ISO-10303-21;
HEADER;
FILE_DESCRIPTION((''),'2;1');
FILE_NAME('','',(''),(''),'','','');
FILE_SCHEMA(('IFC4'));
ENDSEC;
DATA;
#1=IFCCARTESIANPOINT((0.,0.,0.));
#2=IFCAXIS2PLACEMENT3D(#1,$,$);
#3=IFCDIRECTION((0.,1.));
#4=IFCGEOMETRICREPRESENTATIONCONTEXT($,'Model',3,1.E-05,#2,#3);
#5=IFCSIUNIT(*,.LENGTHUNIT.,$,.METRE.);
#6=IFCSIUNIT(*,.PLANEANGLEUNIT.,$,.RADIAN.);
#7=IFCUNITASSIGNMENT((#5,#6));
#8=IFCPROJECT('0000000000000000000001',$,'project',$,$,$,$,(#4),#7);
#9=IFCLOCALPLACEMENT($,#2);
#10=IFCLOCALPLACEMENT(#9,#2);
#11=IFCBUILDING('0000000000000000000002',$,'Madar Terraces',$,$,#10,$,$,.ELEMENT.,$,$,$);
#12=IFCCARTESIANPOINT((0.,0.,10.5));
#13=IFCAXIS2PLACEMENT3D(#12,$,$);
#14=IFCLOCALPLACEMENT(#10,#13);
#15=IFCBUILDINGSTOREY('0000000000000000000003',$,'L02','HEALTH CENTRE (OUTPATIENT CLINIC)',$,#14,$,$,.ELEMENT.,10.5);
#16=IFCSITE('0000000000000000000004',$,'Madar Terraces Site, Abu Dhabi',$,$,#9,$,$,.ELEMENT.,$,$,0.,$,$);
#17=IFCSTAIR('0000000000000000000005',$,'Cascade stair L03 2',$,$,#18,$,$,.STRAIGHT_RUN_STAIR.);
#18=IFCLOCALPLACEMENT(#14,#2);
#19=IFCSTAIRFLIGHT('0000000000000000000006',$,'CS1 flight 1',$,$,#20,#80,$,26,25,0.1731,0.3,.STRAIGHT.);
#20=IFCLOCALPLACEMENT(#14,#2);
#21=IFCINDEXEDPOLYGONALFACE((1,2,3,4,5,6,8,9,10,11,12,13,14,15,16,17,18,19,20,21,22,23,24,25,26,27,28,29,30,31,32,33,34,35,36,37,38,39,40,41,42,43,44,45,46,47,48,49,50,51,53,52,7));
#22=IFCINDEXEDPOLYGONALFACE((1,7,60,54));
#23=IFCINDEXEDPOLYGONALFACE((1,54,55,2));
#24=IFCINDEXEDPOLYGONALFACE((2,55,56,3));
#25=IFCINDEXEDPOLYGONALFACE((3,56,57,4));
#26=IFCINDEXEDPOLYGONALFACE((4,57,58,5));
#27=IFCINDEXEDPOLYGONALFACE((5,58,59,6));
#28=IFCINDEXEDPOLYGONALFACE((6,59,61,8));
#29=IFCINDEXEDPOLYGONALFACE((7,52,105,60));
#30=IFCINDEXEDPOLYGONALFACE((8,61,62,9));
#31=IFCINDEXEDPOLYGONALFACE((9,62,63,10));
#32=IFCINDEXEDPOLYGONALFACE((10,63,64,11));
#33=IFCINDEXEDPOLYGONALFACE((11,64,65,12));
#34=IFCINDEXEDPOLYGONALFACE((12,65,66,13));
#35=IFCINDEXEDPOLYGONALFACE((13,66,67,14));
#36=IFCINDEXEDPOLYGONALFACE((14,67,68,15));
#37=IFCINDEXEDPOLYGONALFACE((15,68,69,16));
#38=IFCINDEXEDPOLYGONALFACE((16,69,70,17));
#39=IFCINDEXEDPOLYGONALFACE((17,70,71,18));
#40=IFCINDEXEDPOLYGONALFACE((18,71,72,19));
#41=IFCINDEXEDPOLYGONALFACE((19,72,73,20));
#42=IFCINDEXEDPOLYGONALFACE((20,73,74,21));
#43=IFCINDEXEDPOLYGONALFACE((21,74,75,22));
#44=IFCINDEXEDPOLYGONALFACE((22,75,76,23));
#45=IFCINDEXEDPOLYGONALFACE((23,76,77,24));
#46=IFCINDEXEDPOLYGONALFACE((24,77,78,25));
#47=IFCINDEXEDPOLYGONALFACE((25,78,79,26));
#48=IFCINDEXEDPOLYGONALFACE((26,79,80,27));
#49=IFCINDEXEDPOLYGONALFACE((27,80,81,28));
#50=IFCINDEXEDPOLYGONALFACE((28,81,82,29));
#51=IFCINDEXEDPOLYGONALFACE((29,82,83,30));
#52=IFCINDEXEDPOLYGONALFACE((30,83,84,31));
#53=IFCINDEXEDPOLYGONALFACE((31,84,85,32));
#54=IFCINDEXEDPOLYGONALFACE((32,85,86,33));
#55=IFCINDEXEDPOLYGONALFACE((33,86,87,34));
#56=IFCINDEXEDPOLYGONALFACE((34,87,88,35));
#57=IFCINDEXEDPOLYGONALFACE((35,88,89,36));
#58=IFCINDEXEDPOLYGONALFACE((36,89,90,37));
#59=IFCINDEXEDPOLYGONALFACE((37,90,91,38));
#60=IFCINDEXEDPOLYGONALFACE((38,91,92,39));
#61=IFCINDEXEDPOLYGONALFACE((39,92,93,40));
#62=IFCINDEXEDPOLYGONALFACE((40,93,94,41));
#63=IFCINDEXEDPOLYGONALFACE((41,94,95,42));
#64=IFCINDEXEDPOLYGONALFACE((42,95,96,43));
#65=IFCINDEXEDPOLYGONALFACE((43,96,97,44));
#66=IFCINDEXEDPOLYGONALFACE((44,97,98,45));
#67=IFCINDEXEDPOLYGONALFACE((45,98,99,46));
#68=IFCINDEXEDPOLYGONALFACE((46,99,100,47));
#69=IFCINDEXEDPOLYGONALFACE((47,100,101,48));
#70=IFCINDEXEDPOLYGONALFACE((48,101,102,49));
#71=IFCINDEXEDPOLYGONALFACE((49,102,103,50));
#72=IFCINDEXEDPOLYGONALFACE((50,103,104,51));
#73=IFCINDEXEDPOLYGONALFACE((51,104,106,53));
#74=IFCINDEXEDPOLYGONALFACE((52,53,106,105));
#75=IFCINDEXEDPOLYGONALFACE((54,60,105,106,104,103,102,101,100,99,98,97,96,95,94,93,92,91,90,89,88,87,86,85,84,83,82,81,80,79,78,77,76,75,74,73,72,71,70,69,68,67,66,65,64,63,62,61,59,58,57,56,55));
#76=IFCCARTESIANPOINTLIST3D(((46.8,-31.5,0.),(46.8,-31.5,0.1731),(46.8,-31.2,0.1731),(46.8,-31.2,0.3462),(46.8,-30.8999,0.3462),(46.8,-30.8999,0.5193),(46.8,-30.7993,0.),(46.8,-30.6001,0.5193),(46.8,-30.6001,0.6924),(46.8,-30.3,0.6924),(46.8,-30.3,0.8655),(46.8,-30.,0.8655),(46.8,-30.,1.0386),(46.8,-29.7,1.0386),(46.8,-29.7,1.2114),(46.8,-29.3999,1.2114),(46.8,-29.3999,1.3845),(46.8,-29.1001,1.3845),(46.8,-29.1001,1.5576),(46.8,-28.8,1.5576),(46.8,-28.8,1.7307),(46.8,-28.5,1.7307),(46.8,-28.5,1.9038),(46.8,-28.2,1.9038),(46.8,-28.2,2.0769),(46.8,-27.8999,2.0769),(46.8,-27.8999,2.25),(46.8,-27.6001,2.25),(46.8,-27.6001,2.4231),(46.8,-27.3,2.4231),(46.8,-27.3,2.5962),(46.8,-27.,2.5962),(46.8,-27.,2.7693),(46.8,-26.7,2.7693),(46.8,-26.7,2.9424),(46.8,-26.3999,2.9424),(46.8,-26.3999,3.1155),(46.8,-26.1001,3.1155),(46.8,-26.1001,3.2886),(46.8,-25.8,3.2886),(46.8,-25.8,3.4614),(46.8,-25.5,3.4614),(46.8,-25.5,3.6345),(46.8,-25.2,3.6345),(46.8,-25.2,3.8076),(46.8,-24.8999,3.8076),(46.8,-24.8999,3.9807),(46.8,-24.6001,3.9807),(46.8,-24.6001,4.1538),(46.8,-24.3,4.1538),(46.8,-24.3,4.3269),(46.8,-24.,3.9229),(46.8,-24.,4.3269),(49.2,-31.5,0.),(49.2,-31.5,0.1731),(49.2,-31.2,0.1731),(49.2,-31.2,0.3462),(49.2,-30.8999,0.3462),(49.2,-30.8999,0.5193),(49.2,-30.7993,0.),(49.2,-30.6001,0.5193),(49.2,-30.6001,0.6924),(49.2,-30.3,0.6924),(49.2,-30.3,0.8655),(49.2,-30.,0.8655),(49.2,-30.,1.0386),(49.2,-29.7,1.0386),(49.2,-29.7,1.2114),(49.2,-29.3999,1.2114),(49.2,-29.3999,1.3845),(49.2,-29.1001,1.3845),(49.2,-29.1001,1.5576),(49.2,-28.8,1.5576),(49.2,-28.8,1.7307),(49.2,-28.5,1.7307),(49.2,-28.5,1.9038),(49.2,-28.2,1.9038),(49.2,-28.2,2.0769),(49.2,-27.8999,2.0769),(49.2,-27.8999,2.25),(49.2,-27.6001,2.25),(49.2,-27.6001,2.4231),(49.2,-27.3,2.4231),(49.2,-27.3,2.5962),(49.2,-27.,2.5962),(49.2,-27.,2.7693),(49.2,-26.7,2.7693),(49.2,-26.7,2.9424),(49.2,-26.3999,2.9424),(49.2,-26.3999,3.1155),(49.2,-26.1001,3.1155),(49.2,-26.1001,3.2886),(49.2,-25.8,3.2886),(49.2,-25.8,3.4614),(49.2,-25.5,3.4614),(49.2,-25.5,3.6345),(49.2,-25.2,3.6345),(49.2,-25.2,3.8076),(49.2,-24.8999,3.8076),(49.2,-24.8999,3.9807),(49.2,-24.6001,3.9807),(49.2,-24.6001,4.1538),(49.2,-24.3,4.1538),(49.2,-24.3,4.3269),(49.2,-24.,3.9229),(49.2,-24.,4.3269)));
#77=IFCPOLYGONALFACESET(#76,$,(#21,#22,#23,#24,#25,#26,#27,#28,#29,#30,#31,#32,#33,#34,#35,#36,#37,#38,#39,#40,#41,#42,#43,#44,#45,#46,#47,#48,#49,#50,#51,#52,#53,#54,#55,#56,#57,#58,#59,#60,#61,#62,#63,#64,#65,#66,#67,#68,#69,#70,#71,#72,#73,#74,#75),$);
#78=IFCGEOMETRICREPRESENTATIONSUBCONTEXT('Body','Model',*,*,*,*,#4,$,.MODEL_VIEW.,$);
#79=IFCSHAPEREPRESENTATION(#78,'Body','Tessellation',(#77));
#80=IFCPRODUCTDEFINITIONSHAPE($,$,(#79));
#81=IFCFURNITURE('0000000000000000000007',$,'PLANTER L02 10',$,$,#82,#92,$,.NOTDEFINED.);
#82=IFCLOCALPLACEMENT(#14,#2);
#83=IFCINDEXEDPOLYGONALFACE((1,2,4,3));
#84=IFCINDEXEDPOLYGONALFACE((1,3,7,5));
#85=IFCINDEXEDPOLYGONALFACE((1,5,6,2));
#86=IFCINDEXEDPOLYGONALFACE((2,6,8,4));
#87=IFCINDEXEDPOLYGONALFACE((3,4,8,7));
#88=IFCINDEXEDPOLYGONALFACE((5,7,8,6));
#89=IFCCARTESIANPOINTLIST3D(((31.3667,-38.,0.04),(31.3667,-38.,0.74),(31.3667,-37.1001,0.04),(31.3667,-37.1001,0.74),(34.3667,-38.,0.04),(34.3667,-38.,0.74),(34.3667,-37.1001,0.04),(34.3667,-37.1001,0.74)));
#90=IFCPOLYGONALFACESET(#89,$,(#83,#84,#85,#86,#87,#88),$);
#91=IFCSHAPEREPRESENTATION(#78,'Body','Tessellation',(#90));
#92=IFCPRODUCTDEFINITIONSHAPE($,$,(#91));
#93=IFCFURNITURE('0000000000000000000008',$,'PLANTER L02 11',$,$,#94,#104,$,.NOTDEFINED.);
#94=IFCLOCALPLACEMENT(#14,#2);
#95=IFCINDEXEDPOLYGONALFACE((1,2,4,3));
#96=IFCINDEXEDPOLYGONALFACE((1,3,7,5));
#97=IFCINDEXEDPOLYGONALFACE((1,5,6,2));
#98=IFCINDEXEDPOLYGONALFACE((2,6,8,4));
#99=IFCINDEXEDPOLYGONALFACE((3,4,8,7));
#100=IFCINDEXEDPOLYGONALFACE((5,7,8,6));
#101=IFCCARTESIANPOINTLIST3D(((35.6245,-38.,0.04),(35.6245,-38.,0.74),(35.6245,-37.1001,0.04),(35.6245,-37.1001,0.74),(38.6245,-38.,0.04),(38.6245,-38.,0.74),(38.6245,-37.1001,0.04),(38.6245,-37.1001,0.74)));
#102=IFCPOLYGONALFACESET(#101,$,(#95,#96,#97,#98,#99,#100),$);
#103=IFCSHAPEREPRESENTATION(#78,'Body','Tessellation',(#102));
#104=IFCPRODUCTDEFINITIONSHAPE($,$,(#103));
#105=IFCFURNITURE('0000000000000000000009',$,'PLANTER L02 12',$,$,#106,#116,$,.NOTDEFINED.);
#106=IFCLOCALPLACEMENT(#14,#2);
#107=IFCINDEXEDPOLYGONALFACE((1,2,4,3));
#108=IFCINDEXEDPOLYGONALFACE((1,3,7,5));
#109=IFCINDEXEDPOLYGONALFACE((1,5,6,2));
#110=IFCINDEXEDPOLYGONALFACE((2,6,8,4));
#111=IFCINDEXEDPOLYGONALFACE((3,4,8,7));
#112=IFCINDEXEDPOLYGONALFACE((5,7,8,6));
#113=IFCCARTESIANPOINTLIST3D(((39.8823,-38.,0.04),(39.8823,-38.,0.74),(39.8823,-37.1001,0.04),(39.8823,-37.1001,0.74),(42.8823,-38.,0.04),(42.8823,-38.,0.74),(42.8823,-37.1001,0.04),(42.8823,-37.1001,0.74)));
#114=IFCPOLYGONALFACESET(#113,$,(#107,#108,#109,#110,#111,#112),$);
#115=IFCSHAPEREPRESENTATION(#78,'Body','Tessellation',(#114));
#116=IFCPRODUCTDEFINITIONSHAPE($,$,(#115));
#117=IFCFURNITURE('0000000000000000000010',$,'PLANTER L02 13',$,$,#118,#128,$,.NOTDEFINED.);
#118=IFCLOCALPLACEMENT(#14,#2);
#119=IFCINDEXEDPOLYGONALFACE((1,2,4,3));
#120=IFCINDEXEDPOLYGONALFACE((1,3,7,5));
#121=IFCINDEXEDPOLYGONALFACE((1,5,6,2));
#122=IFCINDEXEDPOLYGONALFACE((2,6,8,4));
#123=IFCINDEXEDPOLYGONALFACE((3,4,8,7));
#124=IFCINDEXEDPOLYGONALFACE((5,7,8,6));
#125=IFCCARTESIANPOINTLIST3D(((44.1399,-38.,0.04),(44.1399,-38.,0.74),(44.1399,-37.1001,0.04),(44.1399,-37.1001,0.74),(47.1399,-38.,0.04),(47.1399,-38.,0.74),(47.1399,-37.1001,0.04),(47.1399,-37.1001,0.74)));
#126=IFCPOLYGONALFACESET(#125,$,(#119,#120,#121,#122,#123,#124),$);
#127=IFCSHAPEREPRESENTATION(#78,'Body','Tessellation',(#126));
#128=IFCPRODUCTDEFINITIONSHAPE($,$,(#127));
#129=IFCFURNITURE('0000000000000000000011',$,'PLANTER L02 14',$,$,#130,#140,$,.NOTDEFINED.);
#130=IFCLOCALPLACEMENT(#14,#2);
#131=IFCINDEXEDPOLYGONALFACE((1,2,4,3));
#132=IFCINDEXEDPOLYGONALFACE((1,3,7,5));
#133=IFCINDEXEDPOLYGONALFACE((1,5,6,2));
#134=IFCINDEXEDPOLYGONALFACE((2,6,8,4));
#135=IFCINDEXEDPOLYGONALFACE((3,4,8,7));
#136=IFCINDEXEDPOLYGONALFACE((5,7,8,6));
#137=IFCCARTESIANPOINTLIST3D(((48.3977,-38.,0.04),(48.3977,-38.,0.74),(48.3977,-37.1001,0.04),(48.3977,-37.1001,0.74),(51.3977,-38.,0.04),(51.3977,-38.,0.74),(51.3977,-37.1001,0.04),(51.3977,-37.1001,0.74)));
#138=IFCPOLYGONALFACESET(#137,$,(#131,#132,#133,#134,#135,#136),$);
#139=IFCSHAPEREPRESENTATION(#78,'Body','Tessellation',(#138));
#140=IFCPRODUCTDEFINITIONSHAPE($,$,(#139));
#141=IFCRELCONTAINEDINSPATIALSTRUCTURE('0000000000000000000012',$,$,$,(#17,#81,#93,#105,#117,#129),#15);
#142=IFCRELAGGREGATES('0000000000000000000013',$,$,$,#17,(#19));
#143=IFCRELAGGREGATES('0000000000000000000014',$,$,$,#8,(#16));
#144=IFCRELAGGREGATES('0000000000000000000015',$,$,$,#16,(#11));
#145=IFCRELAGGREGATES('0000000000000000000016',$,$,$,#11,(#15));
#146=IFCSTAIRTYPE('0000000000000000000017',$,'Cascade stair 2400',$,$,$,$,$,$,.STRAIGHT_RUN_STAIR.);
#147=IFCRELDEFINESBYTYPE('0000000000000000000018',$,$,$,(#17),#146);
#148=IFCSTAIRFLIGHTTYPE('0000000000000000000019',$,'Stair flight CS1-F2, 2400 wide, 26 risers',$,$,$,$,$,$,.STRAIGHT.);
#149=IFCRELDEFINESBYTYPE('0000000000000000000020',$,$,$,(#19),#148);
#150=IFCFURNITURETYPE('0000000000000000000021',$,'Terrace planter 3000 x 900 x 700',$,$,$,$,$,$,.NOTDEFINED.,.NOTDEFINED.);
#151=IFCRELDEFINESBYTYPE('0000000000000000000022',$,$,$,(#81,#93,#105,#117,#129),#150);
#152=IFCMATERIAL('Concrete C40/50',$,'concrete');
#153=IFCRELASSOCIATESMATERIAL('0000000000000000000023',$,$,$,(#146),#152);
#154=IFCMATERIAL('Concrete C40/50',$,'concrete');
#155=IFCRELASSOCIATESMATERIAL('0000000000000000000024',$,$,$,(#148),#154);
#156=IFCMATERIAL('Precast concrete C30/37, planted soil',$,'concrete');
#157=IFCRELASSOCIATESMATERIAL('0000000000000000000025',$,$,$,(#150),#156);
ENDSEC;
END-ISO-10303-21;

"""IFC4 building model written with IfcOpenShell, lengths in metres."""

from ifc_helpers import new_model, si_unit, direction, frame, origin, origin_2d, place, context, subcontext, project, spatial, polyline, rectangle, outline, extrude, material, type_object, element, aggregate, save


model = new_model("IFC4")

# Units and contexts
model_context = context("Model", 3, precision=1e-05, world=origin(), true_north=direction((0.0, 1.0)))
body_context = subcontext(model_context, "Body", "Model", "MODEL_VIEW")
ifc_project = project(units=[si_unit("LENGTHUNIT", "METRE"), si_unit("PLANEANGLEUNIT", "RADIAN")], contexts=[model_context])

# Site, building, storey
site_placement = place(None, origin())
site = spatial("IfcSite", under=ifc_project, at=site_placement, Name="Madar Terraces Site, Abu Dhabi", CompositionType="ELEMENT", RefElevation=0.0)
building_placement = place(site_placement, origin())
building = spatial("IfcBuilding", under=site, at=building_placement, Name="Madar Terraces", CompositionType="ELEMENT")
storey_placement = place(building_placement, frame((0.0, 0.0, 10.5)))
storey = spatial("IfcBuildingStorey", under=building, at=storey_placement, Name="L02", Description="HEALTH CENTRE (OUTPATIENT CLINIC)", CompositionType="ELEMENT", Elevation=10.5)

# Stair, stair flight
ifc_material_1 = material(Name="Concrete C40/50", Category="concrete")
stair_type = type_object("IfcStairType", Name="Cascade stair 2400", PredefinedType="STRAIGHT_RUN_STAIR", material=ifc_material_1)
stair_placement = place(storey_placement, origin())
stair = element("IfcStair", 1, at=stair_placement, inside=storey, type_object=stair_type, Name="Cascade stair L03 2", PredefinedType="STRAIGHT_RUN_STAIR")
ifc_material_2 = material(Name="Concrete C40/50", Category="concrete")
stair_flight_type = type_object("IfcStairFlightType", Name="Stair flight CS1-F2, 2400 wide, 26 risers", PredefinedType="STRAIGHT", material=ifc_material_2)
stair_flight_placement = place(storey_placement, frame((48.0, -31.5, 0.0), z_axis=(0.0, 0.0, 1.0), x_axis=(0.0, 1.0, 0.0)))
stair_flight = element("IfcStairFlight", 2, at=stair_flight_placement, type_object=stair_flight_type, Name="CS1 flight 1", NumberOfRisers=26, NumberOfTreads=25, PredefinedType="STRAIGHT", RiserHeight=0.1731, TreadLength=0.3, context=body_context, shape_type="SweptSolid", body=[
    extrude(outline(polyline([(0.0, 0.0), (0.0, 0.1731), (0.3, 0.1731), (0.3, 0.3462), (0.6001, 0.3462), (0.6001, 0.5193), (0.8999, 0.5193), (0.8999, 0.6924), (1.2, 0.6924), (1.2, 0.8655), (1.5, 0.8655), (1.5, 1.0386), (1.8, 1.0386), (1.8, 1.2114), (2.1001, 1.2114), (2.1001, 1.3845), (2.3999, 1.3845), (2.3999, 1.5576), (2.7, 1.5576), (2.7, 1.7307), (3.0, 1.7307), (3.0, 1.9038), (3.3, 1.9038), (3.3, 2.0769), (3.6001, 2.0769), (3.6001, 2.25), (3.8999, 2.25), (3.8999, 2.4231), (4.2, 2.4231), (4.2, 2.5962), (4.5, 2.5962), (4.5, 2.7693), (4.8, 2.7693), (4.8, 2.9424), (5.1001, 2.9424), (5.1001, 3.1155), (5.3999, 3.1155), (5.3999, 3.2886), (5.7, 3.2886), (5.7, 3.4614), (6.0, 3.4614), (6.0, 3.6345), (6.3, 3.6345), (6.3, 3.8076), (6.6001, 3.8076), (6.6001, 3.9807), (6.8999, 3.9807), (6.8999, 4.1538), (7.2, 4.1538), (7.2, 4.3269), (7.5, 4.3269), (7.5, 4.5), (7.5, 3.9229), (0.7007, 0.0), (0.0, 0.0)])), frame((0.0, 1.2, 0.0), z_axis=(0.0, -1.0, 0.0), x_axis=(1.0, 0.0, 0.0)), (0.0, 0.0, 1.0), 2.3999),
])
aggregate(stair, [stair_flight])

# Furniture
ifc_material_3 = material(Name="Precast concrete C30/37, planted soil", Category="concrete")
furniture_type = type_object("IfcFurnitureType", Name="Terrace planter 3000 x 900 x 700", AssemblyPlace="NOTDEFINED", PredefinedType="NOTDEFINED", material=ifc_material_3)
for number, where, z_axis, x_axis, name in (
    (3, (32.8667, -37.55, 0.04), (0.0, 0.0, 1.0), (1.0, 0.0, 0.0), "PLANTER L02 10"),
    (4, (37.1245, -37.55, 0.04), (0.0, 0.0, 1.0), (1.0, 0.0, 0.0), "PLANTER L02 11"),
    (5, (41.3823, -37.55, 0.04), (0.0, 0.0, 1.0), (1.0, 0.0, 0.0), "PLANTER L02 12"),
    (6, (45.6399, -37.55, 0.04), (0.0, 0.0, 1.0), (1.0, 0.0, 0.0), "PLANTER L02 13"),
    (7, (49.8977, -37.55, 0.04), (0.0, 0.0, 1.0), (1.0, 0.0, 0.0), "PLANTER L02 14"),
):
    element("IfcFurniture", number, at=place(storey_placement, frame(where, z_axis=z_axis, x_axis=x_axis)), inside=storey, type_object=furniture_type, Name=name, PredefinedType="NOTDEFINED", context=body_context, shape_type="SweptSolid", body=[
        extrude(rectangle(XDim=3.0, YDim=0.8999, at=origin_2d()), origin(), (0.0, 0.0, 1.0), 0.7),
    ])

save(model, "model.ifc")
